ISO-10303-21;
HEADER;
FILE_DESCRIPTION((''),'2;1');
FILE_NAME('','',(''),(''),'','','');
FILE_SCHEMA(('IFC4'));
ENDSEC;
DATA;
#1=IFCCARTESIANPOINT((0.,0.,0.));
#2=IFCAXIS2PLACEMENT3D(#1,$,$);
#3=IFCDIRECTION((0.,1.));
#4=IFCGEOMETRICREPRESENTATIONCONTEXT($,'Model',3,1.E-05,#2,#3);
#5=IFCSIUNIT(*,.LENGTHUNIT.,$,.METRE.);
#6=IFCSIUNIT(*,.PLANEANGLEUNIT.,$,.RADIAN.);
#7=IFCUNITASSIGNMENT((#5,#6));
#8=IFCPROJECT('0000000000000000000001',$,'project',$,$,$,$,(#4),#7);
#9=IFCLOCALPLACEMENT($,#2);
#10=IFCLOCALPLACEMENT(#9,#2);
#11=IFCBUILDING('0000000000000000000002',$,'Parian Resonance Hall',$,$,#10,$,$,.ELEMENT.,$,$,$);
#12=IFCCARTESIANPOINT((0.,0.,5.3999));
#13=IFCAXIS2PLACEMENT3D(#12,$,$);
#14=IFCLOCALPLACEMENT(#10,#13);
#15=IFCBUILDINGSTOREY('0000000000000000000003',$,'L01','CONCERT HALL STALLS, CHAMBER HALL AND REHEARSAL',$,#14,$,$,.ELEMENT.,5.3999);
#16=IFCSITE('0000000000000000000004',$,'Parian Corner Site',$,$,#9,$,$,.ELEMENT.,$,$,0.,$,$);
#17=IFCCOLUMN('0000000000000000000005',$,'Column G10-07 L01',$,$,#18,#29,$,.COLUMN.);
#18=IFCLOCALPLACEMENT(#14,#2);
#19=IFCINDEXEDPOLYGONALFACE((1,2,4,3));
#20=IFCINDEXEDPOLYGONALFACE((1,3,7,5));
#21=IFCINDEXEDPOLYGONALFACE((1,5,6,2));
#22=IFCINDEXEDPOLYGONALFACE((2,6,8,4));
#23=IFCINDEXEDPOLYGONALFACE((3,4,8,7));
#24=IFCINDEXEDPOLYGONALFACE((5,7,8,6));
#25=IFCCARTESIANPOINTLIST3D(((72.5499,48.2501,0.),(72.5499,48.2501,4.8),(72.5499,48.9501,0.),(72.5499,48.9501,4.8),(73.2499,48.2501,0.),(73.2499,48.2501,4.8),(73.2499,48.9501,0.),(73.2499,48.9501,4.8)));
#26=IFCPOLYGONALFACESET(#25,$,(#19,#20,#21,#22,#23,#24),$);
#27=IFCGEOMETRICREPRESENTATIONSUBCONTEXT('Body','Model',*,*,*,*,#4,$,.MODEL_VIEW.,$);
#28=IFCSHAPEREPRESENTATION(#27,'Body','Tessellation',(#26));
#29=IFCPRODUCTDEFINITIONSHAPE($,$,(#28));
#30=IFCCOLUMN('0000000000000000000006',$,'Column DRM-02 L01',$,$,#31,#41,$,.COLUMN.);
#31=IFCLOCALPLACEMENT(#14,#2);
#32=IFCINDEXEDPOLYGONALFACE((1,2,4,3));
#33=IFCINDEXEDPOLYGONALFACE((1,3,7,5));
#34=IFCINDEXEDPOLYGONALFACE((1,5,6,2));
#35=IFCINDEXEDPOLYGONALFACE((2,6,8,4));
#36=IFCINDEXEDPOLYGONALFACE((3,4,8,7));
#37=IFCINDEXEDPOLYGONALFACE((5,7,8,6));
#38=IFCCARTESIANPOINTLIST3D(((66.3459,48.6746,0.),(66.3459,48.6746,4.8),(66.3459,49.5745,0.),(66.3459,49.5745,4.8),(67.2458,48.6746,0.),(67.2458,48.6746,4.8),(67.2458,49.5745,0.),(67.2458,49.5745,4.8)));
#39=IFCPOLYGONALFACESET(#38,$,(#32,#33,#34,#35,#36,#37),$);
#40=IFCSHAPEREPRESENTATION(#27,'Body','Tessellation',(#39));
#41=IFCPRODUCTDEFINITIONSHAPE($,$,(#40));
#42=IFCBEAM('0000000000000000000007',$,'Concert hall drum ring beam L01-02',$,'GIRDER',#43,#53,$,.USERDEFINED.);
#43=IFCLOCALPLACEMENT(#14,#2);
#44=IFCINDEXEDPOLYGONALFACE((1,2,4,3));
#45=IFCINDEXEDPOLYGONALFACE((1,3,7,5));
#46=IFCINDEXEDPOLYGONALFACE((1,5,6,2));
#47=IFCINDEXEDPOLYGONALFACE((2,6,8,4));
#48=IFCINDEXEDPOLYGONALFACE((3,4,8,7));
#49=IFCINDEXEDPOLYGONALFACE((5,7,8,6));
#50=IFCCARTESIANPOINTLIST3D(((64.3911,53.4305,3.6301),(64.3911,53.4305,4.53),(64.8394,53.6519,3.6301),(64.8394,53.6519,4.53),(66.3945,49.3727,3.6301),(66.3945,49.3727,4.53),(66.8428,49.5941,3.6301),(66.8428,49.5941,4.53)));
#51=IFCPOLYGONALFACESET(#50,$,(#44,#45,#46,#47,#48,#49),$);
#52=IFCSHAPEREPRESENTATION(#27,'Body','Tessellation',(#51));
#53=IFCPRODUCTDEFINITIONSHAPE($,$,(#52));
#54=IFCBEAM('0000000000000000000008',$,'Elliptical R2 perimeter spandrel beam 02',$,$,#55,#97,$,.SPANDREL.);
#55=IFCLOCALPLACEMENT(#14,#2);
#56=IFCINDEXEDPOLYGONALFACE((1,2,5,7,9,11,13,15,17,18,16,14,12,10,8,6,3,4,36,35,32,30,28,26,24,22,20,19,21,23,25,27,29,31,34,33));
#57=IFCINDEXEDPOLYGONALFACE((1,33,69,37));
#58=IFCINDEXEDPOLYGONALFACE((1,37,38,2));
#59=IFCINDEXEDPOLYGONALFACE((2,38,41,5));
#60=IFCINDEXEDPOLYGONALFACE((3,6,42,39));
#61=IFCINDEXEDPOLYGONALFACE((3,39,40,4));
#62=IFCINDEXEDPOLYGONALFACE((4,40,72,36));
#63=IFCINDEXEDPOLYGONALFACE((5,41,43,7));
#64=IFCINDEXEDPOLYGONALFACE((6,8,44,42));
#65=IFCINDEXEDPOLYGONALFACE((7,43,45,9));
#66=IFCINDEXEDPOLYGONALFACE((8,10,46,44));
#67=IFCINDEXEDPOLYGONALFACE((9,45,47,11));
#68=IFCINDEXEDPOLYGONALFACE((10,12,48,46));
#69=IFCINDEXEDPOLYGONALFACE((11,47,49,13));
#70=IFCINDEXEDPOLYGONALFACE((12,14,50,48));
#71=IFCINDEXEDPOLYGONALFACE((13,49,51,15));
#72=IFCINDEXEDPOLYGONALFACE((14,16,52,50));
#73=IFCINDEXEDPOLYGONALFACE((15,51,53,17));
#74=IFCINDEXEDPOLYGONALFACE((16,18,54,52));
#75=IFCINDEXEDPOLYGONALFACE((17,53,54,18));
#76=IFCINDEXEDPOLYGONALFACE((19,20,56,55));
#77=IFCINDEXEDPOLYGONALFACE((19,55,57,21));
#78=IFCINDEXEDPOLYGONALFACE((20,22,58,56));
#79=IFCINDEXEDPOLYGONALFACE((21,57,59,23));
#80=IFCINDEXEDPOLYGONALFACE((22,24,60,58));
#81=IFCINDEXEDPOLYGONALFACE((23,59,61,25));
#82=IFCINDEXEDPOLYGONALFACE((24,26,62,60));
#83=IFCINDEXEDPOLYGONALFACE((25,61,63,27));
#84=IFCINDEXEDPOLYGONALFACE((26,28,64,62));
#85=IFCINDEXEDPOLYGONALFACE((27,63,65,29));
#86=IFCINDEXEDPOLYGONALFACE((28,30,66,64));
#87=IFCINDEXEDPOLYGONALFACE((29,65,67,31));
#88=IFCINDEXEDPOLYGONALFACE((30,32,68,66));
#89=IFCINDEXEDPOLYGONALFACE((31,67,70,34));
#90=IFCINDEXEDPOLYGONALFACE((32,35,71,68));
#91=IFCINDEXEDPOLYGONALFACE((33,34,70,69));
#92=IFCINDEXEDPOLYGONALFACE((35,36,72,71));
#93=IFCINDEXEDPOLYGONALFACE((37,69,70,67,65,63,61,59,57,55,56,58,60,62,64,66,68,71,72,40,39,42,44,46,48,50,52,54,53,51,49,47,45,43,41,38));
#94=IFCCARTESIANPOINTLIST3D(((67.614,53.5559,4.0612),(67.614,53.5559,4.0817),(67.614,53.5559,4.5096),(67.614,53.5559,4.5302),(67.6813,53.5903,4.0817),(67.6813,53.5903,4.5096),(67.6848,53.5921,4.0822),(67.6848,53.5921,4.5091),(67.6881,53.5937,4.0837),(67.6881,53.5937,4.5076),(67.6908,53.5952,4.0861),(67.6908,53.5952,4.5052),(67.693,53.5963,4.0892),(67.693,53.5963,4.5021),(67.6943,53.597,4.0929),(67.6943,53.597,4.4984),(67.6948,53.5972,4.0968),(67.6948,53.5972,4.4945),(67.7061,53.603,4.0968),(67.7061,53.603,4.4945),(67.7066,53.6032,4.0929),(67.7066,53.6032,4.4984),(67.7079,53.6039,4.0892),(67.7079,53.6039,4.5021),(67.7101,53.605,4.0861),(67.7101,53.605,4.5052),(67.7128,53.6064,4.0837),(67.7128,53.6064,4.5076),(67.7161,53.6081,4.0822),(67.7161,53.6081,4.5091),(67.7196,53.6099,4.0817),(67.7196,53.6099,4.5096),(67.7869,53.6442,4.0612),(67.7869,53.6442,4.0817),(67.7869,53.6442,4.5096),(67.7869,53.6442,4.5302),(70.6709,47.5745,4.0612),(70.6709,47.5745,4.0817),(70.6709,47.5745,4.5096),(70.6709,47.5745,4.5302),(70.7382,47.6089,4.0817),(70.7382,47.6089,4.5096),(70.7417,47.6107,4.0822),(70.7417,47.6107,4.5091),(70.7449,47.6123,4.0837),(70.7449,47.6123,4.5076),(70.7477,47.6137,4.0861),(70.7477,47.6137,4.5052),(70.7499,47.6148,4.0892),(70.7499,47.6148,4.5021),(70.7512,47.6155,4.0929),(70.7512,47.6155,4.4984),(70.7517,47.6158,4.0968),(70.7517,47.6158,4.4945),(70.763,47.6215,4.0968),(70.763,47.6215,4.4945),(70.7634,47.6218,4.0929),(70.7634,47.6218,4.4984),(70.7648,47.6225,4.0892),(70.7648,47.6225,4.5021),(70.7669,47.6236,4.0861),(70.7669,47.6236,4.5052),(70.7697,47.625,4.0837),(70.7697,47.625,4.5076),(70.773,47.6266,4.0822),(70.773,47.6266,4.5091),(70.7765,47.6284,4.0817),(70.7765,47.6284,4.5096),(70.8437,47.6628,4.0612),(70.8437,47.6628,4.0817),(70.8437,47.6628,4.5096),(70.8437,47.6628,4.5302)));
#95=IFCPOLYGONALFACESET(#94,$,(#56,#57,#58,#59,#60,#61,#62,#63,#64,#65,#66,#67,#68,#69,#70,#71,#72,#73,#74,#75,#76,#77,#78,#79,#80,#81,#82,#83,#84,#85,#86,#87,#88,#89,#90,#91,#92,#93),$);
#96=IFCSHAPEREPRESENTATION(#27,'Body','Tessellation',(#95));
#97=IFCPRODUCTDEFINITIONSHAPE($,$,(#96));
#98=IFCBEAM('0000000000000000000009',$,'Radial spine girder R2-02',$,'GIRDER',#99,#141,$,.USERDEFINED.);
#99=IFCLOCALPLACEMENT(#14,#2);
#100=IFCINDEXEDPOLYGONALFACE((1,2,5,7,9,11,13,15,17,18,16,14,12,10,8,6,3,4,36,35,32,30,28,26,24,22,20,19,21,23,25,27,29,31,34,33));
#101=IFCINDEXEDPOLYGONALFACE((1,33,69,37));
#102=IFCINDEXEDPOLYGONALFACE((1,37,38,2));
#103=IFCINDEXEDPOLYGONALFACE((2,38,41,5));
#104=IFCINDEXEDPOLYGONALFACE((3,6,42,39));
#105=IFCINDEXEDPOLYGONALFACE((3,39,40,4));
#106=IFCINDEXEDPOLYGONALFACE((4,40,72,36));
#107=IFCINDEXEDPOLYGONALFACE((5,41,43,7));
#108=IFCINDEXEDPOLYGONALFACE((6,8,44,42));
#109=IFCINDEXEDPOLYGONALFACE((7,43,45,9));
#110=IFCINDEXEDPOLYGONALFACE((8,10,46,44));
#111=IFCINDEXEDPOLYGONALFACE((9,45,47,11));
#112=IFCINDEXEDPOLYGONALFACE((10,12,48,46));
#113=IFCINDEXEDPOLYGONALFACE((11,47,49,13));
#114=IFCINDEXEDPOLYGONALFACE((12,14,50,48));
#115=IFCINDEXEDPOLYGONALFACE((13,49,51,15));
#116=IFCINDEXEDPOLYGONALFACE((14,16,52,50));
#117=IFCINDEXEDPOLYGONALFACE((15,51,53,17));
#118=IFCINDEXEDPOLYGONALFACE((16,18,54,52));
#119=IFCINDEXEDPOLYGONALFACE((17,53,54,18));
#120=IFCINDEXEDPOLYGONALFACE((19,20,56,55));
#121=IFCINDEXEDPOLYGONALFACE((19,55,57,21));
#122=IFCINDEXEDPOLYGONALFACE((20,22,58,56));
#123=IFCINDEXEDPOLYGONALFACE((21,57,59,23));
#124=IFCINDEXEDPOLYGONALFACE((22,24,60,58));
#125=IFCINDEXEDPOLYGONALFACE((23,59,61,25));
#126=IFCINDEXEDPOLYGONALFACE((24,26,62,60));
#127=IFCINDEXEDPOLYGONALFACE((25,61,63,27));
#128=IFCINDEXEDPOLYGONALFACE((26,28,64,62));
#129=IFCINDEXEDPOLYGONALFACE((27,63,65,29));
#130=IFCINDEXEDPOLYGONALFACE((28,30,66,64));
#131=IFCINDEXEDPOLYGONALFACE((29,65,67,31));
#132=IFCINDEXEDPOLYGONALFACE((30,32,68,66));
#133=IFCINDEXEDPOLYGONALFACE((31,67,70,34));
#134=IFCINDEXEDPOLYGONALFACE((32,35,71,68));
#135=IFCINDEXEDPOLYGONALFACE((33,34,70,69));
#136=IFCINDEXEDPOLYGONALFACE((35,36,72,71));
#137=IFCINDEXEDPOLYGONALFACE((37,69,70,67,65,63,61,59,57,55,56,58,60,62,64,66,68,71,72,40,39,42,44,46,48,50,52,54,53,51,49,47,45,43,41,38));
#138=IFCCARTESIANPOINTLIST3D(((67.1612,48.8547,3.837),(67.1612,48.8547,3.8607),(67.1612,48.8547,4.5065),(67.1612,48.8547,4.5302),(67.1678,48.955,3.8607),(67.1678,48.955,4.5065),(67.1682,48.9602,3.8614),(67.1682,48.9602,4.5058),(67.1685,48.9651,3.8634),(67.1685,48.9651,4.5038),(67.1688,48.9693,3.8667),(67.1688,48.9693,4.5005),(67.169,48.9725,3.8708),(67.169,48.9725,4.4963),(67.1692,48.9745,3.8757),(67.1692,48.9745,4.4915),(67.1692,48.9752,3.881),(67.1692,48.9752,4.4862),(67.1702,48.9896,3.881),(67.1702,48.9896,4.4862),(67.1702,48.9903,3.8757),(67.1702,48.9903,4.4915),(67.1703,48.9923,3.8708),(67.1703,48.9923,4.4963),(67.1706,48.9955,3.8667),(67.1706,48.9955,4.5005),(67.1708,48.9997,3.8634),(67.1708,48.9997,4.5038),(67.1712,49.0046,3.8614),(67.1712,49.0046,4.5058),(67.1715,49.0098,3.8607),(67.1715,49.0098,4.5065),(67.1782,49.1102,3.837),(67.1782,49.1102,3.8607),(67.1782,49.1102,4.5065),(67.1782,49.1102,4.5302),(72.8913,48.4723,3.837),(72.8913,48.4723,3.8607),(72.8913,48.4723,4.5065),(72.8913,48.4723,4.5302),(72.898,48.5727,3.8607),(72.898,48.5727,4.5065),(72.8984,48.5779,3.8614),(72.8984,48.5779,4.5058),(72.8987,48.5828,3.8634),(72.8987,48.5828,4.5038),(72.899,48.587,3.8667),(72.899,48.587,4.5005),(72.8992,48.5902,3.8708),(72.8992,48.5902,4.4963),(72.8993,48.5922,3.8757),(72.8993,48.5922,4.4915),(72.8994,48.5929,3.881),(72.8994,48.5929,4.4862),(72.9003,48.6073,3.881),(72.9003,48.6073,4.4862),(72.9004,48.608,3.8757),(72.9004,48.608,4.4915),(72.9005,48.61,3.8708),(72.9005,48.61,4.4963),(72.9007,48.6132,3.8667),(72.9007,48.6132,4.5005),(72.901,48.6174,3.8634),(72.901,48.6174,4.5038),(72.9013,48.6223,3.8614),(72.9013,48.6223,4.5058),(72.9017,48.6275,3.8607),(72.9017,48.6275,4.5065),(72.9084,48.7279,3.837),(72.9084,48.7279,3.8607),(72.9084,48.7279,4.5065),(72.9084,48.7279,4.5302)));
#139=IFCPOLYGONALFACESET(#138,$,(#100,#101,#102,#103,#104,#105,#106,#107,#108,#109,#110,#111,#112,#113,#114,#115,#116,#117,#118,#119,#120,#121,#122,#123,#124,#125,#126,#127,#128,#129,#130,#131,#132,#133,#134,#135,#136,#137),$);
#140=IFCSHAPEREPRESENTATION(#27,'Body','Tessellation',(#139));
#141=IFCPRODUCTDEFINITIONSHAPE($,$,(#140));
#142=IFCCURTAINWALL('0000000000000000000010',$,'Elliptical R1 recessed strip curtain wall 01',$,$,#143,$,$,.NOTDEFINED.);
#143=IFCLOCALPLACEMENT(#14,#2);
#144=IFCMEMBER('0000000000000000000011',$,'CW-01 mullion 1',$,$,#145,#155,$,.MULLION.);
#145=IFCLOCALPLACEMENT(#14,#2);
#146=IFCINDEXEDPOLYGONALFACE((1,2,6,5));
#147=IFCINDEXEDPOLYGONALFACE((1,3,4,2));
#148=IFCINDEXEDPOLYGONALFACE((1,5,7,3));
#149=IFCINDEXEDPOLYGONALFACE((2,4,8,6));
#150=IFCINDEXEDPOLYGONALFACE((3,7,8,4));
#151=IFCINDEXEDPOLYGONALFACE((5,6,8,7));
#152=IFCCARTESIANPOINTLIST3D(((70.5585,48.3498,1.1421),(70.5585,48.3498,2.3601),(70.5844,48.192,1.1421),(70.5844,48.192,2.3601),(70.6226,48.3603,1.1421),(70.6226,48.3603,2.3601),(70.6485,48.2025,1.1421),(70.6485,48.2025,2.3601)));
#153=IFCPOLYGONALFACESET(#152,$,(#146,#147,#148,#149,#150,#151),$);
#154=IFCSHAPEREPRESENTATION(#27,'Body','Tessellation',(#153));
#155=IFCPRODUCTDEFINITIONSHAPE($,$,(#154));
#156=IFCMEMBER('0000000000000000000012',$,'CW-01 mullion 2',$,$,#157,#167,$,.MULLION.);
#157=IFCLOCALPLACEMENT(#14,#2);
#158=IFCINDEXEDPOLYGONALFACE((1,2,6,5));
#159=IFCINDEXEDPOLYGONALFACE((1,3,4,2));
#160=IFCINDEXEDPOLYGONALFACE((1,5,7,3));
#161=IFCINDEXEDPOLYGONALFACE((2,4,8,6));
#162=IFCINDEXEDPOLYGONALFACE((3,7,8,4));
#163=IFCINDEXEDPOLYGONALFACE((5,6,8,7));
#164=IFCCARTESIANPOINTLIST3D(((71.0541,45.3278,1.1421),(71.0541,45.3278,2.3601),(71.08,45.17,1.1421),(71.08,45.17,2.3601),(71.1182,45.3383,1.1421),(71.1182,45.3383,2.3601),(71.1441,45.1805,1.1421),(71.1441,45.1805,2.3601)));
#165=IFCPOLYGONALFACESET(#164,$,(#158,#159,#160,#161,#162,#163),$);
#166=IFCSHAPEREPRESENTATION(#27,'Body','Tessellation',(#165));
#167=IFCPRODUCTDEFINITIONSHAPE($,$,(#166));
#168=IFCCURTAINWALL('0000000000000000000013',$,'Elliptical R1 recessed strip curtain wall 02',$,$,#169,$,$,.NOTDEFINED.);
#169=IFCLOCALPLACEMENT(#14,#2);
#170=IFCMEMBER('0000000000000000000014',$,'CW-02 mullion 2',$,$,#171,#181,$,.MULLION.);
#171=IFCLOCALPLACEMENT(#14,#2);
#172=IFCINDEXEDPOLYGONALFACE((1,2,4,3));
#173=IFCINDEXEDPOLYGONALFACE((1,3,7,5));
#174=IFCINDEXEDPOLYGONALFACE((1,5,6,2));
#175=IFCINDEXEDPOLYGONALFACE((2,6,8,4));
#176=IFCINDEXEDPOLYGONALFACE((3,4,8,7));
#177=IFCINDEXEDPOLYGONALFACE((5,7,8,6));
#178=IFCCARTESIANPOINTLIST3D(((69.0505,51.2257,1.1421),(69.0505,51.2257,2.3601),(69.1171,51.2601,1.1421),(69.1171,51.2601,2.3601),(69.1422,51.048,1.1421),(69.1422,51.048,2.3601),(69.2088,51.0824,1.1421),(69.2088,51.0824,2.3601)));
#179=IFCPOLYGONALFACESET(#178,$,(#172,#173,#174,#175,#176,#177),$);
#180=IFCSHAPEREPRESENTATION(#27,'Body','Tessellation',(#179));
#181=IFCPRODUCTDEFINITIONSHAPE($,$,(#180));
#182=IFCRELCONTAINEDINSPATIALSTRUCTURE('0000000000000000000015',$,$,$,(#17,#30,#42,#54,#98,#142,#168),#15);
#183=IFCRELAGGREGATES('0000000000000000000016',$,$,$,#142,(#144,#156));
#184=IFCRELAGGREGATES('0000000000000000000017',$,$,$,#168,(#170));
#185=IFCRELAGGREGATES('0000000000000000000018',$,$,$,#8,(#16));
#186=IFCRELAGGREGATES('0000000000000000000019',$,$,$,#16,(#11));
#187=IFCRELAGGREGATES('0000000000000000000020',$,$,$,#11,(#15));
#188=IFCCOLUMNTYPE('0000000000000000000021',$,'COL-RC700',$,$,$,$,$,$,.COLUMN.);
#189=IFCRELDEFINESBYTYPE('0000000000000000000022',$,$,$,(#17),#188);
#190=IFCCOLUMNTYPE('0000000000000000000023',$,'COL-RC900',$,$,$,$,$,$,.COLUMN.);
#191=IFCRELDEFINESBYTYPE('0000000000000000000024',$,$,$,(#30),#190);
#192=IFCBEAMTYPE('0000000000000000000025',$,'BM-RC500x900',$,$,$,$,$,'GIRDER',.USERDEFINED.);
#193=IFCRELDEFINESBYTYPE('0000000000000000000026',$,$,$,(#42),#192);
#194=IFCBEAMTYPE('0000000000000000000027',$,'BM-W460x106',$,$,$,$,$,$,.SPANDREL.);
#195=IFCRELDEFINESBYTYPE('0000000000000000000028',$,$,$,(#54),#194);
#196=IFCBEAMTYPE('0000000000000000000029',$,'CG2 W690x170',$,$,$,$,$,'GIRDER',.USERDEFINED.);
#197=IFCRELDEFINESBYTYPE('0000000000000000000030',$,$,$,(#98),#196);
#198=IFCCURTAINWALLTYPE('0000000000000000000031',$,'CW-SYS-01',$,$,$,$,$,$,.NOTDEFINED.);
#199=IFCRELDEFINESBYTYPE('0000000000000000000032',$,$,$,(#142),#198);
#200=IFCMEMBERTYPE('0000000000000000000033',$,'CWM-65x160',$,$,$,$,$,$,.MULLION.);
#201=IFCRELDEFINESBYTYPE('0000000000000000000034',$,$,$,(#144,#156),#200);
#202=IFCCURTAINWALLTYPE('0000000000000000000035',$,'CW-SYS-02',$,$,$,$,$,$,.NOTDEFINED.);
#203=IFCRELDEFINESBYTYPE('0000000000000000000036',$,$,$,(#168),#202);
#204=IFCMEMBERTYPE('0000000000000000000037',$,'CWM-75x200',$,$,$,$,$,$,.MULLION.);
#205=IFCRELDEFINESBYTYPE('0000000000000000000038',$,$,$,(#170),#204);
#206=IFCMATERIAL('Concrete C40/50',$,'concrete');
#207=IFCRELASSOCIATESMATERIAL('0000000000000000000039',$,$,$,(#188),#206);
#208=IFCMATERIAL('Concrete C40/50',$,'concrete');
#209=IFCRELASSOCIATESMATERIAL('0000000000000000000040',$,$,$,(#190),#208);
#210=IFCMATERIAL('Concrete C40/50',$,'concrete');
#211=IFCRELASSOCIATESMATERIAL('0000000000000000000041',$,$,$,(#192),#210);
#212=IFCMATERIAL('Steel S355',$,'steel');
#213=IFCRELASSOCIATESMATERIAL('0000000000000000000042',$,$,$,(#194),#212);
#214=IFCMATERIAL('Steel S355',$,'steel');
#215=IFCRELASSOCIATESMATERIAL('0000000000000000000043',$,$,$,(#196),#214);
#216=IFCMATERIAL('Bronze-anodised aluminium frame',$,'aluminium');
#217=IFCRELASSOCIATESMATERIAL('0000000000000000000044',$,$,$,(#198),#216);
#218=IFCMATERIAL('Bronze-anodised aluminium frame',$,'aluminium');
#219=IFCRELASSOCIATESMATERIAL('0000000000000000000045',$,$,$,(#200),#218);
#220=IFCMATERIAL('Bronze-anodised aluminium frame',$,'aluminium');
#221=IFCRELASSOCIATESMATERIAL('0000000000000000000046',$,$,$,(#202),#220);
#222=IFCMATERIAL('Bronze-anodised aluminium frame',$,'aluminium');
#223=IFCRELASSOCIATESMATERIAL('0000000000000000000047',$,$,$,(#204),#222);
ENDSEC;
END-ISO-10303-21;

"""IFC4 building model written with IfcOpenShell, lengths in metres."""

from ifc_helpers import new_model, si_unit, direction, frame, origin, origin_2d, place, context, subcontext, project, spatial, rectangle, i_section, extrude, material, material_profile, profile_set, type_object, element, aggregate, save


model = new_model("IFC4")

# Units and contexts
model_context = context("Model", 3, precision=1e-05, world=origin(), true_north=direction((0.0, 1.0)))
body_context = subcontext(model_context, "Body", "Model", "MODEL_VIEW")
ifc_project = project(units=[si_unit("LENGTHUNIT", "METRE"), si_unit("PLANEANGLEUNIT", "RADIAN")], contexts=[model_context])

# Site, building, storey
site_placement = place(None, origin())
site = spatial("IfcSite", under=ifc_project, at=site_placement, Name="Parian Corner Site", CompositionType="ELEMENT", RefElevation=0.0)
building_placement = place(site_placement, origin())
building = spatial("IfcBuilding", under=site, at=building_placement, Name="Parian Resonance Hall", CompositionType="ELEMENT")
storey_placement = place(building_placement, frame((0.0, 0.0, 5.3999)))
storey = spatial("IfcBuildingStorey", under=building, at=storey_placement, Name="L01", Description="CONCERT HALL STALLS, CHAMBER HALL AND REHEARSAL", CompositionType="ELEMENT", Elevation=5.3999)

# Columns
ifc_material_1 = material(Name="Concrete C40/50", Category="concrete")
ifc_material_profile_1 = material_profile(ifc_material_1, rectangle(XDim=0.7, YDim=0.7, at=origin_2d()), Name="RC-COL-700x700")
ifc_profile_set_1 = profile_set([ifc_material_profile_1], Name="Concrete C40/50")
column_type_1 = type_object("IfcColumnType", Name="COL-RC700", PredefinedType="COLUMN", material=ifc_profile_set_1)
column_1_placement = place(storey_placement, frame((72.8999, 48.6001, 0.0), z_axis=(0.0, 0.0, 1.0), x_axis=(1.0, 0.0, 0.0)))
element("IfcColumn", 1, at=column_1_placement, inside=storey, type_object=column_type_1, Name="Column G10-07 L01", PredefinedType="COLUMN", context=body_context, shape_type="SweptSolid", body=[
    extrude(rectangle(XDim=0.7, YDim=0.7, at=origin_2d()), origin(), (0.0, 0.0, 1.0), 4.8),
])
ifc_material_2 = material(Name="Concrete C40/50", Category="concrete")
ifc_material_profile_2 = material_profile(ifc_material_2, rectangle(XDim=0.8999, YDim=0.8999, at=origin_2d()), Name="RC-COL-900x900")
ifc_profile_set_2 = profile_set([ifc_material_profile_2], Name="Concrete C40/50")
column_type_2 = type_object("IfcColumnType", Name="COL-RC900", PredefinedType="COLUMN", material=ifc_profile_set_2)
column_2_placement = place(storey_placement, frame((66.7959, 49.1245, 0.0), z_axis=(0.0, 0.0, 1.0), x_axis=(1.0, 0.0, 0.0)))
element("IfcColumn", 2, at=column_2_placement, inside=storey, type_object=column_type_2, Name="Column DRM-02 L01", PredefinedType="COLUMN", context=body_context, shape_type="SweptSolid", body=[
    extrude(rectangle(XDim=0.8999, YDim=0.8999, at=origin_2d()), origin(), (0.0, 0.0, 1.0), 4.8),
])

# Beams
ifc_material_3 = material(Name="Concrete C40/50", Category="concrete")
ifc_material_profile_3 = material_profile(ifc_material_3, rectangle(XDim=0.5, YDim=0.8999, at=origin_2d()), Name="RC-BM-500x900")
ifc_profile_set_3 = profile_set([ifc_material_profile_3], Name="Concrete C40/50")
beam_type_1 = type_object("IfcBeamType", Name="BM-RC500x900", ElementType="GIRDER", PredefinedType="USERDEFINED", material=ifc_profile_set_3)
beam_1_placement = place(storey_placement, frame((66.6187, 49.4834, 4.0801), z_axis=(-0.442698, 0.896671, 0.0), x_axis=(-0.896671, -0.442698, 0.0)))
element("IfcBeam", 3, at=beam_1_placement, inside=storey, type_object=beam_type_1, Name="Concert hall drum ring beam L01-02", ObjectType="GIRDER", PredefinedType="USERDEFINED", context=body_context, shape_type="SweptSolid", body=[
    extrude(rectangle(XDim=0.5, YDim=0.8999, at=origin_2d()), origin(), (0.0, 0.0, 1.0), 4.5254),
])
ifc_material_4 = material(Name="Steel S355", Category="steel")
ifc_material_profile_4 = material_profile(ifc_material_4, i_section(OverallWidth=0.1941, OverallDepth=0.469, WebThickness=0.0127, FlangeThickness=0.0205, FilletRadius=0.0151, at=origin_2d()), Name="W460x106")
ifc_profile_set_4 = profile_set([ifc_material_profile_4], Name="Steel S355")
beam_type_2 = type_object("IfcBeamType", Name="BM-W460x106", PredefinedType="SPANDREL", material=ifc_profile_set_4)
beam_2_placement = place(storey_placement, frame((70.7573, 47.6187, 4.2957), z_axis=(-0.455076, 0.890453, 0.0), x_axis=(-0.890453, -0.455076, 0.0)))
element("IfcBeam", 4, at=beam_2_placement, inside=storey, type_object=beam_type_2, Name="Elliptical R2 perimeter spandrel beam 02", PredefinedType="SPANDREL", context=body_context, shape_type="SweptSolid", body=[
    extrude(i_section(OverallWidth=0.1941, OverallDepth=0.469, WebThickness=0.0127, FlangeThickness=0.0205, FilletRadius=0.0151, at=origin_2d()), origin(), (0.0, 0.0, 1.0), 6.7173),
])
ifc_material_5 = material(Name="Steel S355", Category="steel")
ifc_material_profile_5 = material_profile(ifc_material_5, i_section(OverallWidth=0.2561, OverallDepth=0.6931, WebThickness=0.0144, FlangeThickness=0.0237, FilletRadius=0.0203, at=origin_2d()), Name="W690x170")
ifc_profile_set_5 = profile_set([ifc_material_profile_5], Name="Steel S355")
beam_type_3 = type_object("IfcBeamType", Name="CG2 W690x170", ElementType="GIRDER", PredefinedType="USERDEFINED", material=ifc_profile_set_5)
beam_3_placement = place(storey_placement, frame((67.1697, 48.9824, 4.1836), z_axis=(0.997782, -0.066573, 0.0), x_axis=(0.066573, 0.997782, 0.0)))
element("IfcBeam", 5, at=beam_3_placement, inside=storey, type_object=beam_type_3, Name="Radial spine girder R2-02", ObjectType="GIRDER", PredefinedType="USERDEFINED", context=body_context, shape_type="SweptSolid", body=[
    extrude(i_section(OverallWidth=0.2561, OverallDepth=0.6931, WebThickness=0.0144, FlangeThickness=0.0237, FilletRadius=0.0203, at=origin_2d()), origin(), (0.0, 0.0, 1.0), 5.7429),
])

# Curtain walls, members
ifc_material_6 = material(Name="Bronze-anodised aluminium frame", Category="aluminium")
curtain_wall_type_1 = type_object("IfcCurtainWallType", Name="CW-SYS-01", PredefinedType="NOTDEFINED", material=ifc_material_6)
curtain_wall_1_placement = place(storey_placement, origin())
curtain_wall_1 = element("IfcCurtainWall", 6, at=curtain_wall_1_placement, inside=storey, type_object=curtain_wall_type_1, Name="Elliptical R1 recessed strip curtain wall 01", PredefinedType="NOTDEFINED")
ifc_material_7 = material(Name="Bronze-anodised aluminium frame", Category="aluminium")
ifc_material_profile_6 = material_profile(ifc_material_7, rectangle(XDim=0.0649, YDim=0.1599, at=origin_2d()), Name="CWM-65x160")
ifc_profile_set_6 = profile_set([ifc_material_profile_6], Name="Bronze-anodised aluminium frame")
member_type_1 = type_object("IfcMemberType", Name="CWM-65x160", PredefinedType="MULLION", material=ifc_profile_set_6)
member_1_placement = place(storey_placement, frame((70.6035, 48.2761, 1.1421), z_axis=(0.0, 0.0, 1.0), x_axis=(0.986815, 0.161849, 0.0)))
member_1 = element("IfcMember", 7, at=member_1_placement, type_object=member_type_1, Name="CW-01 mullion 1", PredefinedType="MULLION", context=body_context, shape_type="SweptSolid", body=[
    extrude(rectangle(XDim=0.0649, YDim=0.1599, at=origin_2d()), origin(), (0.0, 0.0, 1.0), 1.218),
])
member_2_placement = place(storey_placement, frame((71.0991, 45.2542, 1.1421), z_axis=(0.0, 0.0, 1.0), x_axis=(0.986815, 0.161849, 0.0)))
member_2 = element("IfcMember", 8, at=member_2_placement, type_object=member_type_1, Name="CW-01 mullion 2", PredefinedType="MULLION", context=body_context, shape_type="SweptSolid", body=[
    extrude(rectangle(XDim=0.0649, YDim=0.1599, at=origin_2d()), origin(), (0.0, 0.0, 1.0), 1.218),
])
ifc_material_8 = material(Name="Bronze-anodised aluminium frame", Category="aluminium")
curtain_wall_type_2 = type_object("IfcCurtainWallType", Name="CW-SYS-02", PredefinedType="NOTDEFINED", material=ifc_material_8)
curtain_wall_2_placement = place(storey_placement, origin())
curtain_wall_2 = element("IfcCurtainWall", 9, at=curtain_wall_2_placement, inside=storey, type_object=curtain_wall_type_2, Name="Elliptical R1 recessed strip curtain wall 02", PredefinedType="NOTDEFINED")
ifc_material_9 = material(Name="Bronze-anodised aluminium frame", Category="aluminium")
ifc_material_profile_7 = material_profile(ifc_material_9, rectangle(XDim=0.075, YDim=0.2, at=origin_2d()), Name="CWM-75x200")
ifc_profile_set_7 = profile_set([ifc_material_profile_7], Name="Bronze-anodised aluminium frame")
member_type_2 = type_object("IfcMemberType", Name="CWM-75x200", PredefinedType="MULLION", material=ifc_profile_set_7)
member_3_placement = place(storey_placement, frame((69.1296, 51.1541, 1.1421), z_axis=(0.0, 0.0, 1.0), x_axis=(0.888662, 0.458562, 0.0)))
member_3 = element("IfcMember", 10, at=member_3_placement, type_object=member_type_2, Name="CW-02 mullion 2", PredefinedType="MULLION", context=body_context, shape_type="SweptSolid", body=[
    extrude(rectangle(XDim=0.075, YDim=0.2, at=origin_2d()), origin(), (0.0, 0.0, 1.0), 1.218),
])

aggregate(curtain_wall_1, [member_1, member_2])
aggregate(curtain_wall_2, [member_3])

save(model, "model.ifc")
